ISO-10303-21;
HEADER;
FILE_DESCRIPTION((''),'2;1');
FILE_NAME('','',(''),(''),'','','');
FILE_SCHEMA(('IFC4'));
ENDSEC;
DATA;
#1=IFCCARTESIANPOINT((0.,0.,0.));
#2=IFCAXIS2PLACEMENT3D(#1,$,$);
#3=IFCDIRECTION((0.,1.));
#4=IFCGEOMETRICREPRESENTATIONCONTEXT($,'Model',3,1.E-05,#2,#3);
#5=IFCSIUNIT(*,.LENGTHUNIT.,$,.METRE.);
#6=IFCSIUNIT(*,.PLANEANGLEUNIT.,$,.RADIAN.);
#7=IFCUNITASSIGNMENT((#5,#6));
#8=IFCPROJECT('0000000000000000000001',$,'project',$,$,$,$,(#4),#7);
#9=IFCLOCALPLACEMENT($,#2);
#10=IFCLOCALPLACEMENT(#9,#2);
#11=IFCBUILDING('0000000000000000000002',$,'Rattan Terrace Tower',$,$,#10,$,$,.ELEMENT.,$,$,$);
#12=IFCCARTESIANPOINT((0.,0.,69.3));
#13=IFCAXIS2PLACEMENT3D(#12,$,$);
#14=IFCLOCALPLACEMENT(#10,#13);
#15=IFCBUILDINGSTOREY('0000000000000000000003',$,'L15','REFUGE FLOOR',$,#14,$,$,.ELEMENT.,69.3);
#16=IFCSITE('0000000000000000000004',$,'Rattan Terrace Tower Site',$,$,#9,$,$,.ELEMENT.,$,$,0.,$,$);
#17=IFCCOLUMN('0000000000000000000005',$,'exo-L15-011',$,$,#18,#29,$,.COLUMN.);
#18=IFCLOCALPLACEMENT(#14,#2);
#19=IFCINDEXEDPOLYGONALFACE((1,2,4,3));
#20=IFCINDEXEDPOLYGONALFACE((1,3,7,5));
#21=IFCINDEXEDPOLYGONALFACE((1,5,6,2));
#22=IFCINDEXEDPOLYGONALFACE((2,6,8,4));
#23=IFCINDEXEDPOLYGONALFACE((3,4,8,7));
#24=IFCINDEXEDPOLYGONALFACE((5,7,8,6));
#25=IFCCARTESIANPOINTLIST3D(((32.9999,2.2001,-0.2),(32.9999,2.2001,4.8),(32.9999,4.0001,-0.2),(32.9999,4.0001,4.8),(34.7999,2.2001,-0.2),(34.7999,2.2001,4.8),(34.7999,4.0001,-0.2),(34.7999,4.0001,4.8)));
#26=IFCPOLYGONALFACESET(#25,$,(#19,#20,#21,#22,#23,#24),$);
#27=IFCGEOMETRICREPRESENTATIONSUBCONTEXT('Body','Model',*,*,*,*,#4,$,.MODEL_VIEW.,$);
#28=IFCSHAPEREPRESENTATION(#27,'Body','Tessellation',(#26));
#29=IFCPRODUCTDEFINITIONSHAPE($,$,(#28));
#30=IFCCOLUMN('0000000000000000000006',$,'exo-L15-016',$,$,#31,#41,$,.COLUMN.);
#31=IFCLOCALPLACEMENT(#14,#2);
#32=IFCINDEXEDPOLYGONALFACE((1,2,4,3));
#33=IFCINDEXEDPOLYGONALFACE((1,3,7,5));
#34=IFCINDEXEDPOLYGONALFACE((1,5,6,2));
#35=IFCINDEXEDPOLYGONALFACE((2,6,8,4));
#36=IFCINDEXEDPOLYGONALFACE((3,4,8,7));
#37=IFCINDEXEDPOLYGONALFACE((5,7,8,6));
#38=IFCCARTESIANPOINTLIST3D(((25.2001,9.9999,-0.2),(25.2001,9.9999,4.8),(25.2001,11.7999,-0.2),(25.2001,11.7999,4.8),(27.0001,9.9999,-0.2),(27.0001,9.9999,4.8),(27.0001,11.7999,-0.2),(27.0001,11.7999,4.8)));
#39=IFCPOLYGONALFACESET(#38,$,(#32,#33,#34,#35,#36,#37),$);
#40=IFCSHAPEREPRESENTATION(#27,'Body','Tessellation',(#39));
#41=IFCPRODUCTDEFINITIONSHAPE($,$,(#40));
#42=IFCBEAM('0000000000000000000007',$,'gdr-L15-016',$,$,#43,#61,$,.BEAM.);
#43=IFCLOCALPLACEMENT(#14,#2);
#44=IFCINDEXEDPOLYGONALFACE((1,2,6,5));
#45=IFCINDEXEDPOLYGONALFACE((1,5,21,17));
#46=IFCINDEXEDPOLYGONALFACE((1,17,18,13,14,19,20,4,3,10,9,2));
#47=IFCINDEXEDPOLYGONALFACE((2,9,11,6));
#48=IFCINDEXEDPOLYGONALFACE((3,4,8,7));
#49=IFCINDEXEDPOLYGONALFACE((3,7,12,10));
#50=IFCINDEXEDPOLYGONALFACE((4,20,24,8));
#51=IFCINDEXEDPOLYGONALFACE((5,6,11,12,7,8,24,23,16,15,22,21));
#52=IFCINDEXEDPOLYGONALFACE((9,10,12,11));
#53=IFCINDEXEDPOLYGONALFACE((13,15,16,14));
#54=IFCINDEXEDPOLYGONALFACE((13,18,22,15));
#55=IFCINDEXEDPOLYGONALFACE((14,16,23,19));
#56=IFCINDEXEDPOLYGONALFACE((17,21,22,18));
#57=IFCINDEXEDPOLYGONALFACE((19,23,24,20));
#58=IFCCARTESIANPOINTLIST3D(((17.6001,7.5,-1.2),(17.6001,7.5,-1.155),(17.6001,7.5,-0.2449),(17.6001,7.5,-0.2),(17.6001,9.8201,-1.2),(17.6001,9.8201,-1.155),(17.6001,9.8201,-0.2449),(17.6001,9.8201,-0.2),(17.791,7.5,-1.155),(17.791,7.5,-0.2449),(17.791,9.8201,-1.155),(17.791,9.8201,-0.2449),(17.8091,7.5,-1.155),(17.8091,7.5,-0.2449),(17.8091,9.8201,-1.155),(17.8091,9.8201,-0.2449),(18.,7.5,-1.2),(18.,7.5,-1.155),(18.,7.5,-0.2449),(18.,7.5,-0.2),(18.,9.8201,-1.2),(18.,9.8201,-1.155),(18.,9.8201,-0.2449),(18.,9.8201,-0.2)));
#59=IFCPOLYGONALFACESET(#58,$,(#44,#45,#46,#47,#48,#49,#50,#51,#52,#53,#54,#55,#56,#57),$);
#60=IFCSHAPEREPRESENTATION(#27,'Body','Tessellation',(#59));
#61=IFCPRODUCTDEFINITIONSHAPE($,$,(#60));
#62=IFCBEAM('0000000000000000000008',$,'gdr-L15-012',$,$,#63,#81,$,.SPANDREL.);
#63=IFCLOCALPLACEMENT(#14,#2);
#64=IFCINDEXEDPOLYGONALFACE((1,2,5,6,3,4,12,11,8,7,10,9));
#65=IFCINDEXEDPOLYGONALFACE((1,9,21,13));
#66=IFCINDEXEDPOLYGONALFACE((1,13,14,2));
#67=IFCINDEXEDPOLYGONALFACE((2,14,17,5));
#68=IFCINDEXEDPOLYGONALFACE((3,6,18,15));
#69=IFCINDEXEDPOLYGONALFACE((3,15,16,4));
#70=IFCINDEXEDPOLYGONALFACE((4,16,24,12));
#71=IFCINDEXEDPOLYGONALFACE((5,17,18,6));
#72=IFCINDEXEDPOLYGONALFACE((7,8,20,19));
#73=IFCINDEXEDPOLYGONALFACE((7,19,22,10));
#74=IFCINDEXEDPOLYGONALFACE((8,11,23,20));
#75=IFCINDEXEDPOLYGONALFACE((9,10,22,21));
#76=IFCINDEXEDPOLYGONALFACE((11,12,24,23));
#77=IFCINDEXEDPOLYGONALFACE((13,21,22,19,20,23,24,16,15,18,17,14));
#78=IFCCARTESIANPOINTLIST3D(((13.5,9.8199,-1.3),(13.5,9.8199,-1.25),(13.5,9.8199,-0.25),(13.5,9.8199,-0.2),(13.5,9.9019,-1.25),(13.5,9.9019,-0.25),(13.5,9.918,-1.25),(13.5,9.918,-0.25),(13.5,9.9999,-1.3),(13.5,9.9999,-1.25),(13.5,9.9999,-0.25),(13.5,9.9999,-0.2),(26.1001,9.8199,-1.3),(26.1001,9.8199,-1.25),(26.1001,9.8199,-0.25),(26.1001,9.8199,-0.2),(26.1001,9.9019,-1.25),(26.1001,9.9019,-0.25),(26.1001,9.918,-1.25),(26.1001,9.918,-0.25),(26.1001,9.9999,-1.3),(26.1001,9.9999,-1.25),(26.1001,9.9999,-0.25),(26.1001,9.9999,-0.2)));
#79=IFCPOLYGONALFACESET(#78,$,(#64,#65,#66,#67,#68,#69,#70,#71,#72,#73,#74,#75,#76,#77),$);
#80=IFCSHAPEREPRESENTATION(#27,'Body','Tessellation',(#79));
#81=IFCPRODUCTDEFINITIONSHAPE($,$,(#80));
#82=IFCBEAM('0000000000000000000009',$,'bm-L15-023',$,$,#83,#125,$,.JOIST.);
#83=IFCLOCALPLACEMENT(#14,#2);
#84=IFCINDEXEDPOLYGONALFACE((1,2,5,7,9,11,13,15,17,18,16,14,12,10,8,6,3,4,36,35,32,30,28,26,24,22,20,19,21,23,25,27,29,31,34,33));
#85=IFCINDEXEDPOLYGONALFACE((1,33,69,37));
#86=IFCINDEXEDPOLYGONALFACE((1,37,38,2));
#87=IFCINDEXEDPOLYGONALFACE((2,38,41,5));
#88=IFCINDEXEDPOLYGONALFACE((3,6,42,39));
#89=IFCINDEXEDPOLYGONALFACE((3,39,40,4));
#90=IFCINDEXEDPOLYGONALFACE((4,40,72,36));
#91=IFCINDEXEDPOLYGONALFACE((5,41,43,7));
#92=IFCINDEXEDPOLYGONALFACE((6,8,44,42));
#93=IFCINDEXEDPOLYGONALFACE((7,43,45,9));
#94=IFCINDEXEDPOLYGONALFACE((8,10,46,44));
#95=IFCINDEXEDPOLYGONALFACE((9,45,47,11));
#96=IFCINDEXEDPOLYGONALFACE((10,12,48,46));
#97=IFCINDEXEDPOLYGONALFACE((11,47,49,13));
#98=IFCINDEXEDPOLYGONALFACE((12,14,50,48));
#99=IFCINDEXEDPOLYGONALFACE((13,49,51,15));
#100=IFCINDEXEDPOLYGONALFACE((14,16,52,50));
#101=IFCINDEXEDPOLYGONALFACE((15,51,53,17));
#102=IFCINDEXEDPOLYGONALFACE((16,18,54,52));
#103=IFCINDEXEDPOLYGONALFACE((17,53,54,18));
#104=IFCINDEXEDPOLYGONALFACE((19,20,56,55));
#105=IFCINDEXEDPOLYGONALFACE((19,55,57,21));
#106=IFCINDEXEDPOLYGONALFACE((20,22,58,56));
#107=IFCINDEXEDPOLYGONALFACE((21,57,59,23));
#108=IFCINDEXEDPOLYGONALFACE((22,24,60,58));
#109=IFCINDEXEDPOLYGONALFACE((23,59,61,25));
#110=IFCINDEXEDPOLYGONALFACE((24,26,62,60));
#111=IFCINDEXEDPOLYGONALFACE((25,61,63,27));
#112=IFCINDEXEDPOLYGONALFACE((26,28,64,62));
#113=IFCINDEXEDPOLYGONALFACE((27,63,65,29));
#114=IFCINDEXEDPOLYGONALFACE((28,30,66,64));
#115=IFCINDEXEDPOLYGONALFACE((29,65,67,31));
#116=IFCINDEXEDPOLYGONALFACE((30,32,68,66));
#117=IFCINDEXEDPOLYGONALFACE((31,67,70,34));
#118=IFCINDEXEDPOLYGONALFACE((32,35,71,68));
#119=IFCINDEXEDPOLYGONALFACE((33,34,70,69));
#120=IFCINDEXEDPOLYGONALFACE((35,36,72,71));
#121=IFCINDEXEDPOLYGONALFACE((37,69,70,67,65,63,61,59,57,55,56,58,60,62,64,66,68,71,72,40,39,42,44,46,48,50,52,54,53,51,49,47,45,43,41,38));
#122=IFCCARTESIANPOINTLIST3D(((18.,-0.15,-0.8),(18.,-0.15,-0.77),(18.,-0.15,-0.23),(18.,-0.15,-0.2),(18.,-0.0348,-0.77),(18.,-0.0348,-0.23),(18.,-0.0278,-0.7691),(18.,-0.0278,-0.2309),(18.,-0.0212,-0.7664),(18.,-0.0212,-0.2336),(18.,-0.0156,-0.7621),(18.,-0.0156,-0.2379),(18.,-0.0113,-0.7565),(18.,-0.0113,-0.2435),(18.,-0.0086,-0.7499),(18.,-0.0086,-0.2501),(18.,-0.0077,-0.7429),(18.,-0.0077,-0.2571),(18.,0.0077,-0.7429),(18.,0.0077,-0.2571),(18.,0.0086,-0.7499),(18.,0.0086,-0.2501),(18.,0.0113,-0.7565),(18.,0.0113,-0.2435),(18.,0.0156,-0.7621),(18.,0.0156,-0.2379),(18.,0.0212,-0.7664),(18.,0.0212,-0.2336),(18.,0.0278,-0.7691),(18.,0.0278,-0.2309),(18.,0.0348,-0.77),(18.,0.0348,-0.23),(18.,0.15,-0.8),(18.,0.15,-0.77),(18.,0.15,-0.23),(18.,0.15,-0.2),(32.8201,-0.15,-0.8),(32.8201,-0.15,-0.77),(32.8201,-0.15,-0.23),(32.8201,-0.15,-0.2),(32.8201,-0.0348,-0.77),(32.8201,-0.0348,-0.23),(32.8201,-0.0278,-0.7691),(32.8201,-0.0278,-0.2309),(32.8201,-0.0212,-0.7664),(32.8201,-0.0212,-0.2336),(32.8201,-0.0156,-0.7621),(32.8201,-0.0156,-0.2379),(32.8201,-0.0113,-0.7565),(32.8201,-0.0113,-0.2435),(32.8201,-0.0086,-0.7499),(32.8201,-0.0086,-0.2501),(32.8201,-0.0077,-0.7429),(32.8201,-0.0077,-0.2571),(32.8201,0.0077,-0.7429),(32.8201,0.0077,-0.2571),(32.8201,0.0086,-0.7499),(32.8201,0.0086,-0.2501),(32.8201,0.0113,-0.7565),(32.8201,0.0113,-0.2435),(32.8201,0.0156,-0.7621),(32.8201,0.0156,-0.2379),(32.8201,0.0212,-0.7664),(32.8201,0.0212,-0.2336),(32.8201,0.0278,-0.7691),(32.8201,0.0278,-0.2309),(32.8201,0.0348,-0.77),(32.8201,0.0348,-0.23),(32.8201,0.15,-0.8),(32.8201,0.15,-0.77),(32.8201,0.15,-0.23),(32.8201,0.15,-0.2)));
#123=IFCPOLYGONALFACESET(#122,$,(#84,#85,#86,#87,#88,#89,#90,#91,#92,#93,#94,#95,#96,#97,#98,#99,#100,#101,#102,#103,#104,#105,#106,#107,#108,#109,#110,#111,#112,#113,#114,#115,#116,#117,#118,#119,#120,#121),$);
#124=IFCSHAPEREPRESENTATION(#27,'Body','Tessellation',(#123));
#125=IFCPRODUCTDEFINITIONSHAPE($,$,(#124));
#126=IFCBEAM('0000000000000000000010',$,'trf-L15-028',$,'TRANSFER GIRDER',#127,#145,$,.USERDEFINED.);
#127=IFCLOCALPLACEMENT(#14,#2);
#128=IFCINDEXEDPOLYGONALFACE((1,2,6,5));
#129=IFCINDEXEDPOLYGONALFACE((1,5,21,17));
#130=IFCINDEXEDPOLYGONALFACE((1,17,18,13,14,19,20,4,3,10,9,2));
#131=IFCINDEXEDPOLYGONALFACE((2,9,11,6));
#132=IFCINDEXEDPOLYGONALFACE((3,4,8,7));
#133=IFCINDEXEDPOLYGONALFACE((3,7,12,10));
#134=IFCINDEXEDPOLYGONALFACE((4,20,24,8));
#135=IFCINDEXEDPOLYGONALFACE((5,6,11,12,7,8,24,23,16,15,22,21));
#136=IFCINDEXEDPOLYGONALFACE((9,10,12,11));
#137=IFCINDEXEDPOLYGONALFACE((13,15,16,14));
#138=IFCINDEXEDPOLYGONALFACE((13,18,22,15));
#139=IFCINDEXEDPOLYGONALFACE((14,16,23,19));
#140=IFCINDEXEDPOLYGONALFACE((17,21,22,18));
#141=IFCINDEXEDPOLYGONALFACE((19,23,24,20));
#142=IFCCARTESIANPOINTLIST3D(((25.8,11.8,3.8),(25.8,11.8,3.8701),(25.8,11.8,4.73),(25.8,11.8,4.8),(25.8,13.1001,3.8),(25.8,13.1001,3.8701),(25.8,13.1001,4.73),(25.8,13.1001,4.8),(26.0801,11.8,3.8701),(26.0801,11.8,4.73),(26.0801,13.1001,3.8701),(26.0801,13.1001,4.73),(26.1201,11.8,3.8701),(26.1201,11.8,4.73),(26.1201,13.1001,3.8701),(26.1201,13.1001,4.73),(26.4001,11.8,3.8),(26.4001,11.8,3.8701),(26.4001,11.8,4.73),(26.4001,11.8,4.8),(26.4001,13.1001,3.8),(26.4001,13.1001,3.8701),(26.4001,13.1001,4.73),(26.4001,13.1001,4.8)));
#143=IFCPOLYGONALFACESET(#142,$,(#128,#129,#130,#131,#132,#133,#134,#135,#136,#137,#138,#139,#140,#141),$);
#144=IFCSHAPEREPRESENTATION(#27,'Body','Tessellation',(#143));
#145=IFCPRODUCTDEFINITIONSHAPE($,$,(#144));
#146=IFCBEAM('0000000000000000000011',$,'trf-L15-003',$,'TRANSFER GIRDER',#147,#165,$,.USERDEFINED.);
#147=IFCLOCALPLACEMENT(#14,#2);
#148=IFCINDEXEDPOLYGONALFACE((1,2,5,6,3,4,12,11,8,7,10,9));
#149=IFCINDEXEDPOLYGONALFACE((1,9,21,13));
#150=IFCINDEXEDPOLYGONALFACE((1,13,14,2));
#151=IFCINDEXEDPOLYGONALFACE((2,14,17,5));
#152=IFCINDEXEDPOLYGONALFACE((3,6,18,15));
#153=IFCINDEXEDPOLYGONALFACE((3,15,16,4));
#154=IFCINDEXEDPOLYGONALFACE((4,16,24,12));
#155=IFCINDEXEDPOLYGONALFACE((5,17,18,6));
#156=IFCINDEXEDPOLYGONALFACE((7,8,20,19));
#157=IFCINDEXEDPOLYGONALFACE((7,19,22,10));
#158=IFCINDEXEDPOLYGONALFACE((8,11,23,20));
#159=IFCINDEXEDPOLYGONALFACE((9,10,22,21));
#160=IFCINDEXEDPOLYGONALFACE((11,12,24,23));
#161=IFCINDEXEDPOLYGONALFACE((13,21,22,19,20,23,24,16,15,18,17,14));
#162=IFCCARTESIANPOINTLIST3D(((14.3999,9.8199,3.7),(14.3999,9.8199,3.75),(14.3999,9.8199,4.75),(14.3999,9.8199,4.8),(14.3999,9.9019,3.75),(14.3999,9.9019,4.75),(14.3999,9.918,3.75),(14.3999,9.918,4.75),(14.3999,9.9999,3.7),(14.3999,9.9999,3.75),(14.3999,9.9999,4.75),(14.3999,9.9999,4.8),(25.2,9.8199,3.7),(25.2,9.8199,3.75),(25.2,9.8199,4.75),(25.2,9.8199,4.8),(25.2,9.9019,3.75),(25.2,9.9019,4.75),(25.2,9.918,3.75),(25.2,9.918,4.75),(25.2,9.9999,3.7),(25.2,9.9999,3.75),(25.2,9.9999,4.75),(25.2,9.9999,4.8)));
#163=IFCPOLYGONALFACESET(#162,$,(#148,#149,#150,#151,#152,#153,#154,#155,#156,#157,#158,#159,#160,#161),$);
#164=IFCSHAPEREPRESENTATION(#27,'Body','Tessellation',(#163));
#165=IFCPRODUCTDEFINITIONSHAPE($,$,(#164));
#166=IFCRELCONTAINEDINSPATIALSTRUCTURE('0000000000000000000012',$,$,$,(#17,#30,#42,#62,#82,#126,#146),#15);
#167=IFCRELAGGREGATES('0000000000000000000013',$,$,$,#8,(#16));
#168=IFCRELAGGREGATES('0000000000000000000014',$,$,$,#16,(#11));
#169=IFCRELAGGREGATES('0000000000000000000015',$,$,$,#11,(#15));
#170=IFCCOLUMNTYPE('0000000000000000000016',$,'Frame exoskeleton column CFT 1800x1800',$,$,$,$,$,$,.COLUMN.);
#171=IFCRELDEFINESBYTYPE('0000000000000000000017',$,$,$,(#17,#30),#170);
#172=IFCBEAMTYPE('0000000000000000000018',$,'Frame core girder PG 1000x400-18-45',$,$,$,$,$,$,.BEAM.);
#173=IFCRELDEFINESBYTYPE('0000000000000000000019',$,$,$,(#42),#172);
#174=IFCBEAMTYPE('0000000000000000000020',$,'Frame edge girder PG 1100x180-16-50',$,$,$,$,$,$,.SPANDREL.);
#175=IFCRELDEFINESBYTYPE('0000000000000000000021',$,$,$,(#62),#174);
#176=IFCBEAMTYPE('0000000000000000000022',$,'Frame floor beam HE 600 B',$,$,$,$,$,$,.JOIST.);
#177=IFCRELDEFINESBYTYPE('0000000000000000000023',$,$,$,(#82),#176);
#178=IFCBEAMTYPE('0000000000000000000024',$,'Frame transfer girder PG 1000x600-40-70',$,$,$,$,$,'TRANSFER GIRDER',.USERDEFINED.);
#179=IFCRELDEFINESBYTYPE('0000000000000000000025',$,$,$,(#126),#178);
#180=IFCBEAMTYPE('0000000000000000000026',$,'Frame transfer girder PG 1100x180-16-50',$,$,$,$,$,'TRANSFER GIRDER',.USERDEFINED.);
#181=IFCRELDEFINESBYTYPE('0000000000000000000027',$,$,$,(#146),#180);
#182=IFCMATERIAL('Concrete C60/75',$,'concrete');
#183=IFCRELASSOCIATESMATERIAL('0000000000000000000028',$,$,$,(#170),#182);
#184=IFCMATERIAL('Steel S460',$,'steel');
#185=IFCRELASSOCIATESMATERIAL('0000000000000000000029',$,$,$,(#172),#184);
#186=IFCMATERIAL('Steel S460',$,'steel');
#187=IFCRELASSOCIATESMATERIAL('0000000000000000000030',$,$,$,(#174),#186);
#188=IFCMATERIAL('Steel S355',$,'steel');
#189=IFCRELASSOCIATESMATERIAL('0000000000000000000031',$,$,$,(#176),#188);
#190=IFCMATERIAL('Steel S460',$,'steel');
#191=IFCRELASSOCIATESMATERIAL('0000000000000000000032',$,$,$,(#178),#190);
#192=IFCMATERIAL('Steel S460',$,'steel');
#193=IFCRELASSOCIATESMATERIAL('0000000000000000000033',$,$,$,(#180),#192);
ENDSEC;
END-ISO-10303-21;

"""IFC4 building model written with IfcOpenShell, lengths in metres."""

from ifc_helpers import new_model, si_unit, direction, frame, origin, origin_2d, place, context, subcontext, project, spatial, rectangle, i_section, extrude, material, material_profile, profile_set, type_object, element, save


model = new_model("IFC4")

# Units and contexts
model_context = context("Model", 3, precision=1e-05, world=origin(), true_north=direction((0.0, 1.0)))
body_context = subcontext(model_context, "Body", "Model", "MODEL_VIEW")
ifc_project = project(units=[si_unit("LENGTHUNIT", "METRE"), si_unit("PLANEANGLEUNIT", "RADIAN")], contexts=[model_context])

# Site, building, storey
site_placement = place(None, origin())
site = spatial("IfcSite", under=ifc_project, at=site_placement, Name="Rattan Terrace Tower Site", CompositionType="ELEMENT", RefElevation=0.0)
building_placement = place(site_placement, origin())
building = spatial("IfcBuilding", under=site, at=building_placement, Name="Rattan Terrace Tower", CompositionType="ELEMENT")
storey_placement = place(building_placement, frame((0.0, 0.0, 69.3)))
storey = spatial("IfcBuildingStorey", under=building, at=storey_placement, Name="L15", Description="REFUGE FLOOR", CompositionType="ELEMENT", Elevation=69.3)

# Columns
ifc_material_1 = material(Name="Concrete C60/75", Category="concrete")
ifc_material_profile_1 = material_profile(ifc_material_1, rectangle(XDim=1.8, YDim=1.8, at=origin_2d()), Name="CFT 1800x1800")
ifc_profile_set_1 = profile_set([ifc_material_profile_1], Name="Concrete C60/75")
column_type = type_object("IfcColumnType", Name="Frame exoskeleton column CFT 1800x1800", PredefinedType="COLUMN", material=ifc_profile_set_1)
for number, where, z_axis, x_axis, name in (
    (1, (33.8999, 3.1001, -0.2), (0.0, 0.0, 1.0), (0.0, 1.0, 0.0), "exo-L15-011"),
    (2, (26.1001, 10.8999, -0.2), (0.0, 0.0, 1.0), (1.0, 0.0, 0.0), "exo-L15-016"),
):
    element("IfcColumn", number, at=place(storey_placement, frame(where, z_axis=z_axis, x_axis=x_axis)), inside=storey, type_object=column_type, Name=name, PredefinedType="COLUMN", context=body_context, shape_type="SweptSolid", body=[
        extrude(rectangle(XDim=1.8, YDim=1.8, at=origin_2d()), origin(), (0.0, 0.0, 1.0), 5.0),
    ])

# Beams
ifc_material_2 = material(Name="Steel S460", Category="steel")
ifc_material_profile_2 = material_profile(ifc_material_2, i_section(OverallWidth=0.3999, OverallDepth=1.0, WebThickness=0.0181, FlangeThickness=0.0449, at=origin_2d()), Name="PG 1000x400-18-45")
ifc_profile_set_2 = profile_set([ifc_material_profile_2], Name="Steel S460")
beam_type_1 = type_object("IfcBeamType", Name="Frame core girder PG 1000x400-18-45", PredefinedType="BEAM", material=ifc_profile_set_2)
beam_1_placement = place(storey_placement, frame((17.8, 7.5, -0.7), z_axis=(0.0, 1.0, 0.0), x_axis=(-1.0, 0.0, 0.0)))
element("IfcBeam", 3, at=beam_1_placement, inside=storey, type_object=beam_type_1, Name="gdr-L15-016", PredefinedType="BEAM", context=body_context, shape_type="SweptSolid", body=[
    extrude(i_section(OverallWidth=0.3999, OverallDepth=1.0, WebThickness=0.0181, FlangeThickness=0.0449, at=origin_2d()), origin(), (0.0, 0.0, 1.0), 2.3201),
])
ifc_material_3 = material(Name="Steel S460", Category="steel")
ifc_material_profile_3 = material_profile(ifc_material_3, i_section(OverallWidth=0.1799, OverallDepth=1.1001, WebThickness=0.0161, FlangeThickness=0.05, at=origin_2d()), Name="PG 1100x180-16-50")
ifc_profile_set_3 = profile_set([ifc_material_profile_3], Name="Steel S460")
beam_type_2 = type_object("IfcBeamType", Name="Frame edge girder PG 1100x180-16-50", PredefinedType="SPANDREL", material=ifc_profile_set_3)
beam_2_placement = place(storey_placement, frame((26.1001, 9.9099, -0.75), z_axis=(-1.0, 0.0, 0.0), x_axis=(0.0, -1.0, 0.0)))
element("IfcBeam", 4, at=beam_2_placement, inside=storey, type_object=beam_type_2, Name="gdr-L15-012", PredefinedType="SPANDREL", context=body_context, shape_type="SweptSolid", body=[
    extrude(i_section(OverallWidth=0.1799, OverallDepth=1.1001, WebThickness=0.0161, FlangeThickness=0.05, at=origin_2d()), origin(), (0.0, 0.0, 1.0), 12.6001),
])
ifc_material_4 = material(Name="Steel S355", Category="steel")
ifc_material_profile_4 = material_profile(ifc_material_4, i_section(OverallWidth=0.3, OverallDepth=0.6001, WebThickness=0.0154, FlangeThickness=0.03, FilletRadius=0.0271, at=origin_2d()), Name="HE 600 B")
ifc_profile_set_4 = profile_set([ifc_material_profile_4], Name="Steel S355")
beam_type_3 = type_object("IfcBeamType", Name="Frame floor beam HE 600 B", PredefinedType="JOIST", material=ifc_profile_set_4)
beam_3_placement = place(storey_placement, frame((18.0, 0.0, -0.5), z_axis=(1.0, 0.0, 0.0), x_axis=(0.0, 1.0, 0.0)))
element("IfcBeam", 5, at=beam_3_placement, inside=storey, type_object=beam_type_3, Name="bm-L15-023", PredefinedType="JOIST", context=body_context, shape_type="SweptSolid", body=[
    extrude(i_section(OverallWidth=0.3, OverallDepth=0.6001, WebThickness=0.0154, FlangeThickness=0.03, FilletRadius=0.0271, at=origin_2d()), origin(), (0.0, 0.0, 1.0), 14.8201),
])
ifc_material_5 = material(Name="Steel S460", Category="steel")
ifc_material_profile_5 = material_profile(ifc_material_5, i_section(OverallWidth=0.6001, OverallDepth=1.0, WebThickness=0.04, FlangeThickness=0.0701, at=origin_2d()), Name="PG 1000x600-40-70")
ifc_profile_set_5 = profile_set([ifc_material_profile_5], Name="Steel S460")
beam_type_4 = type_object("IfcBeamType", Name="Frame transfer girder PG 1000x600-40-70", ElementType="TRANSFER GIRDER", PredefinedType="USERDEFINED", material=ifc_profile_set_5)
beam_4_placement = place(storey_placement, frame((26.1001, 11.8, 4.3), z_axis=(0.0, 1.0, 0.0), x_axis=(-1.0, 0.0, 0.0)))
element("IfcBeam", 6, at=beam_4_placement, inside=storey, type_object=beam_type_4, Name="trf-L15-028", ObjectType="TRANSFER GIRDER", PredefinedType="USERDEFINED", context=body_context, shape_type="SweptSolid", body=[
    extrude(i_section(OverallWidth=0.6001, OverallDepth=1.0, WebThickness=0.04, FlangeThickness=0.0701, at=origin_2d()), origin(), (0.0, 0.0, 1.0), 1.3),
])
ifc_material_6 = material(Name="Steel S460", Category="steel")
ifc_material_profile_6 = material_profile(ifc_material_6, i_section(OverallWidth=0.1799, OverallDepth=1.1001, WebThickness=0.0161, FlangeThickness=0.05, at=origin_2d()), Name="PG 1100x180-16-50")
ifc_profile_set_6 = profile_set([ifc_material_profile_6], Name="Steel S460")
beam_type_5 = type_object("IfcBeamType", Name="Frame transfer girder PG 1100x180-16-50", ElementType="TRANSFER GIRDER", PredefinedType="USERDEFINED", material=ifc_profile_set_6)
beam_5_placement = place(storey_placement, frame((25.2, 9.9099, 4.25), z_axis=(-1.0, 0.0, 0.0), x_axis=(0.0, -1.0, 0.0)))
element("IfcBeam", 7, at=beam_5_placement, inside=storey, type_object=beam_type_5, Name="trf-L15-003", ObjectType="TRANSFER GIRDER", PredefinedType="USERDEFINED", context=body_context, shape_type="SweptSolid", body=[
    extrude(i_section(OverallWidth=0.1799, OverallDepth=1.1001, WebThickness=0.0161, FlangeThickness=0.05, at=origin_2d()), origin(), (0.0, 0.0, 1.0), 10.8),
])

save(model, "model.ifc")
